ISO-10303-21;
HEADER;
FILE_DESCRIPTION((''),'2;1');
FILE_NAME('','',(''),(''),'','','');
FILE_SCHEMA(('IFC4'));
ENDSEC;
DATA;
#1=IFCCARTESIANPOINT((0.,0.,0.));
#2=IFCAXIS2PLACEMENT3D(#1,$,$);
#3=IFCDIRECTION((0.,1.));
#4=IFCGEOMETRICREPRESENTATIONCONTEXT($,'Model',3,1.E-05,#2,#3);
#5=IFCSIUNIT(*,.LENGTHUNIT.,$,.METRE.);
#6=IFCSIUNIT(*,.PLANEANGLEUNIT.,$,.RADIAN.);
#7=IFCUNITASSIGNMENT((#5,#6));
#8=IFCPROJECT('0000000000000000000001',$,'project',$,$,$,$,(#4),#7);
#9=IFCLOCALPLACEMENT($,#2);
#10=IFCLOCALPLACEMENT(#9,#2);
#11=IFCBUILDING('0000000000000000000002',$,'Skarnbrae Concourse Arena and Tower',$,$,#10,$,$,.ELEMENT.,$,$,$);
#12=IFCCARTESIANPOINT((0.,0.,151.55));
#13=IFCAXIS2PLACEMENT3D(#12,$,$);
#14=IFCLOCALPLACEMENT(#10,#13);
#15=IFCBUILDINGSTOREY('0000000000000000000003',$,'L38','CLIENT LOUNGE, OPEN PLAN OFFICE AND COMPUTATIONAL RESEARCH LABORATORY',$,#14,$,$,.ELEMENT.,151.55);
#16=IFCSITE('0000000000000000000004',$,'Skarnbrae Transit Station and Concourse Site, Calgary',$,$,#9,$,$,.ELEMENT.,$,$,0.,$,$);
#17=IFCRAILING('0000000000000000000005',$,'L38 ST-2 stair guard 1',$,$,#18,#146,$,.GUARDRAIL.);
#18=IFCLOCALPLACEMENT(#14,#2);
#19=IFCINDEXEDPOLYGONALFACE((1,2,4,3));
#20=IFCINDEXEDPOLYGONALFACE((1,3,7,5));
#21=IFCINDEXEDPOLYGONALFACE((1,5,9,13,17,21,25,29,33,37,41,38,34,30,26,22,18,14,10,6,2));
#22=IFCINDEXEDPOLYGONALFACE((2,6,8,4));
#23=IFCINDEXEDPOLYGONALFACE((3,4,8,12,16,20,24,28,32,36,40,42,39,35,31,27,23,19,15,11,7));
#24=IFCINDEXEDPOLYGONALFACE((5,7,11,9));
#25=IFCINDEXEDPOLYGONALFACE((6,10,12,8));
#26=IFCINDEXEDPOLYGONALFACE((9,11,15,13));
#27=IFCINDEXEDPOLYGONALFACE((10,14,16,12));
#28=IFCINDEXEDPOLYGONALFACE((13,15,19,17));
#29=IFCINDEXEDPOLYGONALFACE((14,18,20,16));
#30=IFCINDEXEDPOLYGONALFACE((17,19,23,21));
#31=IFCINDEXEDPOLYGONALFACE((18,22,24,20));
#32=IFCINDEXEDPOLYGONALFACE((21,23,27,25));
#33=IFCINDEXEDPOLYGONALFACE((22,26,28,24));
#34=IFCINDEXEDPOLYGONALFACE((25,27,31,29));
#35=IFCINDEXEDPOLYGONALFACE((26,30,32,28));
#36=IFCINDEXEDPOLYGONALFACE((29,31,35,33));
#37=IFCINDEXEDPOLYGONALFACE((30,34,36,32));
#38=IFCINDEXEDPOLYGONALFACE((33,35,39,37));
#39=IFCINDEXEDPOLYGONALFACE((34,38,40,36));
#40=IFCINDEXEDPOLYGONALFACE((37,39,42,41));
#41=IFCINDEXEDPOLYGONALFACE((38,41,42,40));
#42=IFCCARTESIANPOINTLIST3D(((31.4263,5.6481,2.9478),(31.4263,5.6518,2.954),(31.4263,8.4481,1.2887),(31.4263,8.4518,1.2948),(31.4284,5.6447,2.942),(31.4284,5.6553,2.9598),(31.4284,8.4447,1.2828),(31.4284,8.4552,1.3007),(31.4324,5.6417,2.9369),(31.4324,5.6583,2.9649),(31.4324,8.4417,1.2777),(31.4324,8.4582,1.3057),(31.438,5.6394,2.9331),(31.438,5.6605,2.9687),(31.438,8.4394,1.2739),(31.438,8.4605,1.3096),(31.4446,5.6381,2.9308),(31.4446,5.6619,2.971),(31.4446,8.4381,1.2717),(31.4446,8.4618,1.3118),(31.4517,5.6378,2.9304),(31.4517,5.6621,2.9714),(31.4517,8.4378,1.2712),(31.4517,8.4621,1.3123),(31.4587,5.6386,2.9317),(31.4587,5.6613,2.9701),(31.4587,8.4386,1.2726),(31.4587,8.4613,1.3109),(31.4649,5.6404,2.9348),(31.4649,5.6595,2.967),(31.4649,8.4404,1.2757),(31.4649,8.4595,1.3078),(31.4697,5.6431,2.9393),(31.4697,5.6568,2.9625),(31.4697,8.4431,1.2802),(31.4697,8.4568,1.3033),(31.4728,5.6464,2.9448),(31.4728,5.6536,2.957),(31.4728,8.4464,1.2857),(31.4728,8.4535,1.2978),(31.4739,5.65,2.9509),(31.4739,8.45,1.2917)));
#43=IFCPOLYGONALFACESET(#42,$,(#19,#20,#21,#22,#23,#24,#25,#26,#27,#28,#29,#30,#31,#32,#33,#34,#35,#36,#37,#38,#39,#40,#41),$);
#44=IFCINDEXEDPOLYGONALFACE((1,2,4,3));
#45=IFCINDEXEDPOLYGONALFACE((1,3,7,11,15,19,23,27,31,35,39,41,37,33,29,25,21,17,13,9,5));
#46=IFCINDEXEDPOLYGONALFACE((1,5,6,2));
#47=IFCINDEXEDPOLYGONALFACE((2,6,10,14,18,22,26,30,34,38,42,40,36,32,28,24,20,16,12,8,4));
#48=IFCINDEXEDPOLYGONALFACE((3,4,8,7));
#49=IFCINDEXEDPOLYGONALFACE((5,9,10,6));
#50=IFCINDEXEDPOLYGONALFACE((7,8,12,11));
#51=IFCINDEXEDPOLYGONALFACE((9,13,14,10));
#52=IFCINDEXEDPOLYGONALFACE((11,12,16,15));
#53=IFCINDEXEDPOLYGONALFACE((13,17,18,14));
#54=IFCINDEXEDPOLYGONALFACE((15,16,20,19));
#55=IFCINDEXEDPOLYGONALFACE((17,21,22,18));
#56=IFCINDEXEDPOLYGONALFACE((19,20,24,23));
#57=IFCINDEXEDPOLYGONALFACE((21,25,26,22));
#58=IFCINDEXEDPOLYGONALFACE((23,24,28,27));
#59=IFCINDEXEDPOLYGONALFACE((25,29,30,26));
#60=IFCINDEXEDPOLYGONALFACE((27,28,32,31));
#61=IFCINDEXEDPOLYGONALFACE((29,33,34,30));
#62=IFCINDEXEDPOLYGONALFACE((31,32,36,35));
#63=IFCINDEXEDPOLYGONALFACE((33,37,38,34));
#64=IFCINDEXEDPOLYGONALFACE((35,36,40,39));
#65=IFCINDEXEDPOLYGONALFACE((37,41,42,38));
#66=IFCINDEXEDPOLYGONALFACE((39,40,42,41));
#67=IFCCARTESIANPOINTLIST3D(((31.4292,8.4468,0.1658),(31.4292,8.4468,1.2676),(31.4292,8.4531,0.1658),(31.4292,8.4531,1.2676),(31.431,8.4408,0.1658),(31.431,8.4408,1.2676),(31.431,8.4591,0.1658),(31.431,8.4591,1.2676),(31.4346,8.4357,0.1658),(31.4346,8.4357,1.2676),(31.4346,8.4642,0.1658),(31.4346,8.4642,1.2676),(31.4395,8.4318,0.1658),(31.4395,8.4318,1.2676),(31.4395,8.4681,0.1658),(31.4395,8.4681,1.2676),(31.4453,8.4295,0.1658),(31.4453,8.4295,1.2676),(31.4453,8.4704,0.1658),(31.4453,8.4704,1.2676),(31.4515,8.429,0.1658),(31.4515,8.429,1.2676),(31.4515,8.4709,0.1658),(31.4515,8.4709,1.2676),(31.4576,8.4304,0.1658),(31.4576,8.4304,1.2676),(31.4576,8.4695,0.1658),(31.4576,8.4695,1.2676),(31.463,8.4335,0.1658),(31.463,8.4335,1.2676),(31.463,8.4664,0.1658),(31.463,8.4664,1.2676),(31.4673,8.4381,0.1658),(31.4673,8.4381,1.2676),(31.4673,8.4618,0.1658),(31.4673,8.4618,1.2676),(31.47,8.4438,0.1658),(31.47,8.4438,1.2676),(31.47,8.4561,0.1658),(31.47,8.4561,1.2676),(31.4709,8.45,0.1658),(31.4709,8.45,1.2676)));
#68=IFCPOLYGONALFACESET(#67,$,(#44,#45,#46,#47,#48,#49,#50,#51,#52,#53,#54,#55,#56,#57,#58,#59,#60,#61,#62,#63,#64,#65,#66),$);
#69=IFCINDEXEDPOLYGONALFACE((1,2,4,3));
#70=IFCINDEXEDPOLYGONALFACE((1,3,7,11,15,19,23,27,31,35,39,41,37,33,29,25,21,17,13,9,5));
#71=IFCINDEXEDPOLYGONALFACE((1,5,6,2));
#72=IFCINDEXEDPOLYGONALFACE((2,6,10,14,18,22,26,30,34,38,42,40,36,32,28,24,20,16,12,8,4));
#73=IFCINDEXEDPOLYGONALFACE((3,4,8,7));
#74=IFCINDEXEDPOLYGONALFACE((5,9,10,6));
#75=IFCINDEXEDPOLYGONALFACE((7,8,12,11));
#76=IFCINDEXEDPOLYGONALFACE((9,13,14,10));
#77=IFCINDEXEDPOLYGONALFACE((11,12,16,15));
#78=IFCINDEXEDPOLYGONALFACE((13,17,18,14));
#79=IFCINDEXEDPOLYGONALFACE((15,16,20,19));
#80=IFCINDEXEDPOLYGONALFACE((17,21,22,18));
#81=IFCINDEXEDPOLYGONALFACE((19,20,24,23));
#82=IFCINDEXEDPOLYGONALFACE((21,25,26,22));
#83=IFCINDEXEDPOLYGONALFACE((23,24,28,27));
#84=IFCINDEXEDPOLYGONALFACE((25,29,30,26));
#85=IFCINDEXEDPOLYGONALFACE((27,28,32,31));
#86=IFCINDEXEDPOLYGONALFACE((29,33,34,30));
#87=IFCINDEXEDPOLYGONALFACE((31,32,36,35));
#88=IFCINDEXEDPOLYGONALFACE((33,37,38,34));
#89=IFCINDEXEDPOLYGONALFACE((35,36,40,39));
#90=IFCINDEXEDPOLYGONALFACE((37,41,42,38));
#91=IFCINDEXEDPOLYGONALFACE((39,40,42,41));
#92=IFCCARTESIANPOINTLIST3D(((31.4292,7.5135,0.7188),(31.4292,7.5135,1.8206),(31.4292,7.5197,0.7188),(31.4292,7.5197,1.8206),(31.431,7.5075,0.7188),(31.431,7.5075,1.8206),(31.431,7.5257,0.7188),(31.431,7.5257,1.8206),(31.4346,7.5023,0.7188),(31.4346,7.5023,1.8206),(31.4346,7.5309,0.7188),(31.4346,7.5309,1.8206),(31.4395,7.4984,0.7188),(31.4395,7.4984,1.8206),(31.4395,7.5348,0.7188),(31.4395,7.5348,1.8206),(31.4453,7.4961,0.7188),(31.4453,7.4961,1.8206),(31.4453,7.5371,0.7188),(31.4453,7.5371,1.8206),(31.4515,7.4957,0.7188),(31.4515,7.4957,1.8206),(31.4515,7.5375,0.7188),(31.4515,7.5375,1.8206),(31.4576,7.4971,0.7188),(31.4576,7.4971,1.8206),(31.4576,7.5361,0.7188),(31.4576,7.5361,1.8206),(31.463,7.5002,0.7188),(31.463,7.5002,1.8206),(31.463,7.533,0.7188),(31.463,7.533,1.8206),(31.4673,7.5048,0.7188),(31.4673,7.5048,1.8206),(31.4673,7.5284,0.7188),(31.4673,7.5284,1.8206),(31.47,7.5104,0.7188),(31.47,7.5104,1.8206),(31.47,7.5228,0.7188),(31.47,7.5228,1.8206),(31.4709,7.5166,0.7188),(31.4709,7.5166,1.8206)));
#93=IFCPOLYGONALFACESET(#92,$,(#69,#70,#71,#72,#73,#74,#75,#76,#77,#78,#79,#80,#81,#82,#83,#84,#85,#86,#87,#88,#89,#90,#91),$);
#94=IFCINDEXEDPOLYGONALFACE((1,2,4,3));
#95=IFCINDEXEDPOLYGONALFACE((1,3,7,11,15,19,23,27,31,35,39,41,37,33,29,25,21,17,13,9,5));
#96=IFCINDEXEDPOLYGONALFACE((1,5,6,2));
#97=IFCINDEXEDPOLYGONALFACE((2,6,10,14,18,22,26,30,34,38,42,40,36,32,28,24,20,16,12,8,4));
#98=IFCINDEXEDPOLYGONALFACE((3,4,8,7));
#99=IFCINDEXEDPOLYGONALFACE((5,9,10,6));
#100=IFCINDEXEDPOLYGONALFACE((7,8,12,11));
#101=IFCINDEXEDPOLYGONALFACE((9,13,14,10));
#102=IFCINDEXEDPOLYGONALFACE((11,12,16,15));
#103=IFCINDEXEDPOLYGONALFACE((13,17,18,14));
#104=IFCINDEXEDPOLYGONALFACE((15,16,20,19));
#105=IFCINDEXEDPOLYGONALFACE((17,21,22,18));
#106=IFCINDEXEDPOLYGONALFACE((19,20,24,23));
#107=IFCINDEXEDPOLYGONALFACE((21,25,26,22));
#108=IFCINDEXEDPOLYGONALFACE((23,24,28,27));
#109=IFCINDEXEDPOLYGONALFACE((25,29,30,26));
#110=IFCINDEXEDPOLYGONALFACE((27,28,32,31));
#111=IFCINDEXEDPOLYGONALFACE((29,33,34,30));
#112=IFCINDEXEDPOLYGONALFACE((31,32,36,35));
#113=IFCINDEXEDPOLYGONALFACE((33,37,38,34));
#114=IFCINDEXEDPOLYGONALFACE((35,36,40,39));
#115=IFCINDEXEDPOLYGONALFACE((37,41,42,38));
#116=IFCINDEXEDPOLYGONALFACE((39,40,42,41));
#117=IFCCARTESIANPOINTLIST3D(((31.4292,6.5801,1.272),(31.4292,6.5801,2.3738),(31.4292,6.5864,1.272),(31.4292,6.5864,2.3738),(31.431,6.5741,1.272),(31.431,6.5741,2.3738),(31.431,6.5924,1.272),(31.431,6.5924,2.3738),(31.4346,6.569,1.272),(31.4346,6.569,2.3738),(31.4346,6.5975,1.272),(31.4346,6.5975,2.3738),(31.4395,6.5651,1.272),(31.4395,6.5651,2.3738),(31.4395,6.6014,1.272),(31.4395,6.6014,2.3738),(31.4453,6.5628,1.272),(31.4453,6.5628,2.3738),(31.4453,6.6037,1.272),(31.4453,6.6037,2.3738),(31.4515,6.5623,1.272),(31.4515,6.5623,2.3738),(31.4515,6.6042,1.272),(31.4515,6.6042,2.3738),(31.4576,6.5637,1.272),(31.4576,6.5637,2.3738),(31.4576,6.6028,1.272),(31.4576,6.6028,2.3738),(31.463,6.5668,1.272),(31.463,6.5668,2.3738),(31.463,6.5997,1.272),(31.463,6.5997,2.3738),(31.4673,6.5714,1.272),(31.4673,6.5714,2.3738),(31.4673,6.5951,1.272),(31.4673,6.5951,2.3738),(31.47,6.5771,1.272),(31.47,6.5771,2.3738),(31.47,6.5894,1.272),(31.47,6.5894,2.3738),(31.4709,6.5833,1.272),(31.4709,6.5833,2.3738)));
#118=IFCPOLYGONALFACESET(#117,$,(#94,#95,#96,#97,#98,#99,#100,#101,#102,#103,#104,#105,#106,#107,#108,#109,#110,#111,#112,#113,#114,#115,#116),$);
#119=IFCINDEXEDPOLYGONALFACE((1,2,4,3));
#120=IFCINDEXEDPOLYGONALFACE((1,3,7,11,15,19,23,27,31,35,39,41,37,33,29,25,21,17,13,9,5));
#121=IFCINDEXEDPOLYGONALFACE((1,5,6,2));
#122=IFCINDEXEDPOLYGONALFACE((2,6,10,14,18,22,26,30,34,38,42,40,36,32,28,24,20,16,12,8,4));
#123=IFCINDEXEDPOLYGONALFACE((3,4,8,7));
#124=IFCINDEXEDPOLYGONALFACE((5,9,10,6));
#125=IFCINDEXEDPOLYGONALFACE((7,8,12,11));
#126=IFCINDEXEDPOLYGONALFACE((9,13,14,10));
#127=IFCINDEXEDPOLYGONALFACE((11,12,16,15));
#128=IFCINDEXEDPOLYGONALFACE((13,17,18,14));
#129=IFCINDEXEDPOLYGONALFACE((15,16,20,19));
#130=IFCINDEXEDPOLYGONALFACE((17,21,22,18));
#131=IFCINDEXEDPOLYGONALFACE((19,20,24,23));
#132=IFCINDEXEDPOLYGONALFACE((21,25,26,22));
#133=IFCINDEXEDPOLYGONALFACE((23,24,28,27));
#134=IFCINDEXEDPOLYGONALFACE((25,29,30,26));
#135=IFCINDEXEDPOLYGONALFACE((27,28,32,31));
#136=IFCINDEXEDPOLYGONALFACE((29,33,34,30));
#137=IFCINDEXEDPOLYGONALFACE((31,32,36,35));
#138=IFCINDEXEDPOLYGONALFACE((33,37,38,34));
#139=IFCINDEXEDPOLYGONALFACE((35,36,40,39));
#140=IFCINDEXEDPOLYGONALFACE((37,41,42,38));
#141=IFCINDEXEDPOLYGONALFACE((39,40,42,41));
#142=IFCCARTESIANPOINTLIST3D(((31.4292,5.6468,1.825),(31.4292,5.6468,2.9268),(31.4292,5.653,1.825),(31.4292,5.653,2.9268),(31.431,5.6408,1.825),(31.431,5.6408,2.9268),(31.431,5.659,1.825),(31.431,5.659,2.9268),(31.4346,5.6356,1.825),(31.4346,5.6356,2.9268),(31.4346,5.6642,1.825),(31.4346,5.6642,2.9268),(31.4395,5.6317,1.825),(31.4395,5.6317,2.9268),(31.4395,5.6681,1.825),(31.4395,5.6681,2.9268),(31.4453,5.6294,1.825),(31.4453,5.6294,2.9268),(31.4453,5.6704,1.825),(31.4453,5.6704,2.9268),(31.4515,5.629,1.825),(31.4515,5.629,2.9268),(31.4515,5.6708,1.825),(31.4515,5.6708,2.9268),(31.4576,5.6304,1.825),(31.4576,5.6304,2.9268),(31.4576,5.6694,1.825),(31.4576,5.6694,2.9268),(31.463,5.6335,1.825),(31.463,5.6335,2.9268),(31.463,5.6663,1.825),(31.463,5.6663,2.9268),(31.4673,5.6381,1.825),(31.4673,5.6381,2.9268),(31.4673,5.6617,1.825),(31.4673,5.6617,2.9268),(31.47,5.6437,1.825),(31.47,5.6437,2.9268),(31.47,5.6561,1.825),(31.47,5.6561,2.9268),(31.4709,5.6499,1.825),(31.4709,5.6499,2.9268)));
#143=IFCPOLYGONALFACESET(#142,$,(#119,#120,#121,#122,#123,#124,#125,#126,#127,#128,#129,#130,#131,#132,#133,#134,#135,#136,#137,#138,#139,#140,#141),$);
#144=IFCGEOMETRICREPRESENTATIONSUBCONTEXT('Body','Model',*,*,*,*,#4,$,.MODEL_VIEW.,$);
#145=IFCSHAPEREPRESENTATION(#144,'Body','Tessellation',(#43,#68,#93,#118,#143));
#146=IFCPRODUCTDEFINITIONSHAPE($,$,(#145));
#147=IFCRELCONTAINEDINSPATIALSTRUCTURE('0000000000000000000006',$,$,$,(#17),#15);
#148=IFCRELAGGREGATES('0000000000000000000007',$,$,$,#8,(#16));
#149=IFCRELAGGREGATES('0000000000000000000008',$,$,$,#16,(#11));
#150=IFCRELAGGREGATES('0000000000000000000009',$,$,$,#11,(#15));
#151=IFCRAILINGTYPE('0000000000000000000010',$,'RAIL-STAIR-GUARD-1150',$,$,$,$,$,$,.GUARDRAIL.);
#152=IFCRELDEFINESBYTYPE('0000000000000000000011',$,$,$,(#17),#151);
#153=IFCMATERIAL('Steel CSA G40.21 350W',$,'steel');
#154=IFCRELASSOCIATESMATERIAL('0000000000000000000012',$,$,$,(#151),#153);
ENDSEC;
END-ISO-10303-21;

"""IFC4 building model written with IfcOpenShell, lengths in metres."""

from ifc_helpers import new_model, si_unit, direction, frame, origin, origin_2d, place, context, subcontext, project, spatial, circle, extrude, material, type_object, element, save


model = new_model("IFC4")

# Units and contexts
model_context = context("Model", 3, precision=1e-05, world=origin(), true_north=direction((0.0, 1.0)))
body_context = subcontext(model_context, "Body", "Model", "MODEL_VIEW")
ifc_project = project(units=[si_unit("LENGTHUNIT", "METRE"), si_unit("PLANEANGLEUNIT", "RADIAN")], contexts=[model_context])

# Site, building, storey
site_placement = place(None, origin())
site = spatial("IfcSite", under=ifc_project, at=site_placement, Name="Skarnbrae Transit Station and Concourse Site, Calgary", CompositionType="ELEMENT", RefElevation=0.0)
building_placement = place(site_placement, origin())
building = spatial("IfcBuilding", under=site, at=building_placement, Name="Skarnbrae Concourse Arena and Tower", CompositionType="ELEMENT")
storey_placement = place(building_placement, frame((0.0, 0.0, 151.55)))
storey = spatial("IfcBuildingStorey", under=building, at=storey_placement, Name="L38", Description="CLIENT LOUNGE, OPEN PLAN OFFICE AND COMPUTATIONAL RESEARCH LABORATORY", CompositionType="ELEMENT", Elevation=151.55)

# Shared definitions
ifc_material_1 = material(Name="Steel CSA G40.21 350W", Category="steel")

# Railing
railing_type_1 = type_object("IfcRailingType", Name="RAIL-STAIR-GUARD-1150", PredefinedType="GUARDRAIL", material=ifc_material_1)
railing_1_placement = place(storey_placement, frame((31.45, 8.45, 0.1658)))
element("IfcRailing", 1, at=railing_1_placement, inside=storey, type_object=railing_type_1, Name="L38 ST-2 stair guard 1", PredefinedType="GUARDRAIL", context=body_context, shape_type="SweptSolid", body=[
    extrude(circle(Radius=0.0239, at=origin_2d()), frame((0.0, 0.0, 1.126), z_axis=(0.0, -0.860306, 0.509778), x_axis=(1.0, 0.0, 0.0)), (0.0, 0.0, 1.0), 3.2546),
    extrude(circle(Radius=0.021, at=origin_2d()), origin(), (0.0, 0.0, 1.0), 1.1018),
    extrude(circle(Radius=0.021, at=origin_2d()), frame((0.0, -0.9333, 0.553)), (0.0, 0.0, 1.0), 1.1018),
    extrude(circle(Radius=0.021, at=origin_2d()), frame((0.0, -1.8667, 1.1062)), (0.0, 0.0, 1.0), 1.1018),
    extrude(circle(Radius=0.021, at=origin_2d()), frame((0.0, -2.8, 1.6592)), (0.0, 0.0, 1.0), 1.1018),
])

save(model, "model.ifc")
